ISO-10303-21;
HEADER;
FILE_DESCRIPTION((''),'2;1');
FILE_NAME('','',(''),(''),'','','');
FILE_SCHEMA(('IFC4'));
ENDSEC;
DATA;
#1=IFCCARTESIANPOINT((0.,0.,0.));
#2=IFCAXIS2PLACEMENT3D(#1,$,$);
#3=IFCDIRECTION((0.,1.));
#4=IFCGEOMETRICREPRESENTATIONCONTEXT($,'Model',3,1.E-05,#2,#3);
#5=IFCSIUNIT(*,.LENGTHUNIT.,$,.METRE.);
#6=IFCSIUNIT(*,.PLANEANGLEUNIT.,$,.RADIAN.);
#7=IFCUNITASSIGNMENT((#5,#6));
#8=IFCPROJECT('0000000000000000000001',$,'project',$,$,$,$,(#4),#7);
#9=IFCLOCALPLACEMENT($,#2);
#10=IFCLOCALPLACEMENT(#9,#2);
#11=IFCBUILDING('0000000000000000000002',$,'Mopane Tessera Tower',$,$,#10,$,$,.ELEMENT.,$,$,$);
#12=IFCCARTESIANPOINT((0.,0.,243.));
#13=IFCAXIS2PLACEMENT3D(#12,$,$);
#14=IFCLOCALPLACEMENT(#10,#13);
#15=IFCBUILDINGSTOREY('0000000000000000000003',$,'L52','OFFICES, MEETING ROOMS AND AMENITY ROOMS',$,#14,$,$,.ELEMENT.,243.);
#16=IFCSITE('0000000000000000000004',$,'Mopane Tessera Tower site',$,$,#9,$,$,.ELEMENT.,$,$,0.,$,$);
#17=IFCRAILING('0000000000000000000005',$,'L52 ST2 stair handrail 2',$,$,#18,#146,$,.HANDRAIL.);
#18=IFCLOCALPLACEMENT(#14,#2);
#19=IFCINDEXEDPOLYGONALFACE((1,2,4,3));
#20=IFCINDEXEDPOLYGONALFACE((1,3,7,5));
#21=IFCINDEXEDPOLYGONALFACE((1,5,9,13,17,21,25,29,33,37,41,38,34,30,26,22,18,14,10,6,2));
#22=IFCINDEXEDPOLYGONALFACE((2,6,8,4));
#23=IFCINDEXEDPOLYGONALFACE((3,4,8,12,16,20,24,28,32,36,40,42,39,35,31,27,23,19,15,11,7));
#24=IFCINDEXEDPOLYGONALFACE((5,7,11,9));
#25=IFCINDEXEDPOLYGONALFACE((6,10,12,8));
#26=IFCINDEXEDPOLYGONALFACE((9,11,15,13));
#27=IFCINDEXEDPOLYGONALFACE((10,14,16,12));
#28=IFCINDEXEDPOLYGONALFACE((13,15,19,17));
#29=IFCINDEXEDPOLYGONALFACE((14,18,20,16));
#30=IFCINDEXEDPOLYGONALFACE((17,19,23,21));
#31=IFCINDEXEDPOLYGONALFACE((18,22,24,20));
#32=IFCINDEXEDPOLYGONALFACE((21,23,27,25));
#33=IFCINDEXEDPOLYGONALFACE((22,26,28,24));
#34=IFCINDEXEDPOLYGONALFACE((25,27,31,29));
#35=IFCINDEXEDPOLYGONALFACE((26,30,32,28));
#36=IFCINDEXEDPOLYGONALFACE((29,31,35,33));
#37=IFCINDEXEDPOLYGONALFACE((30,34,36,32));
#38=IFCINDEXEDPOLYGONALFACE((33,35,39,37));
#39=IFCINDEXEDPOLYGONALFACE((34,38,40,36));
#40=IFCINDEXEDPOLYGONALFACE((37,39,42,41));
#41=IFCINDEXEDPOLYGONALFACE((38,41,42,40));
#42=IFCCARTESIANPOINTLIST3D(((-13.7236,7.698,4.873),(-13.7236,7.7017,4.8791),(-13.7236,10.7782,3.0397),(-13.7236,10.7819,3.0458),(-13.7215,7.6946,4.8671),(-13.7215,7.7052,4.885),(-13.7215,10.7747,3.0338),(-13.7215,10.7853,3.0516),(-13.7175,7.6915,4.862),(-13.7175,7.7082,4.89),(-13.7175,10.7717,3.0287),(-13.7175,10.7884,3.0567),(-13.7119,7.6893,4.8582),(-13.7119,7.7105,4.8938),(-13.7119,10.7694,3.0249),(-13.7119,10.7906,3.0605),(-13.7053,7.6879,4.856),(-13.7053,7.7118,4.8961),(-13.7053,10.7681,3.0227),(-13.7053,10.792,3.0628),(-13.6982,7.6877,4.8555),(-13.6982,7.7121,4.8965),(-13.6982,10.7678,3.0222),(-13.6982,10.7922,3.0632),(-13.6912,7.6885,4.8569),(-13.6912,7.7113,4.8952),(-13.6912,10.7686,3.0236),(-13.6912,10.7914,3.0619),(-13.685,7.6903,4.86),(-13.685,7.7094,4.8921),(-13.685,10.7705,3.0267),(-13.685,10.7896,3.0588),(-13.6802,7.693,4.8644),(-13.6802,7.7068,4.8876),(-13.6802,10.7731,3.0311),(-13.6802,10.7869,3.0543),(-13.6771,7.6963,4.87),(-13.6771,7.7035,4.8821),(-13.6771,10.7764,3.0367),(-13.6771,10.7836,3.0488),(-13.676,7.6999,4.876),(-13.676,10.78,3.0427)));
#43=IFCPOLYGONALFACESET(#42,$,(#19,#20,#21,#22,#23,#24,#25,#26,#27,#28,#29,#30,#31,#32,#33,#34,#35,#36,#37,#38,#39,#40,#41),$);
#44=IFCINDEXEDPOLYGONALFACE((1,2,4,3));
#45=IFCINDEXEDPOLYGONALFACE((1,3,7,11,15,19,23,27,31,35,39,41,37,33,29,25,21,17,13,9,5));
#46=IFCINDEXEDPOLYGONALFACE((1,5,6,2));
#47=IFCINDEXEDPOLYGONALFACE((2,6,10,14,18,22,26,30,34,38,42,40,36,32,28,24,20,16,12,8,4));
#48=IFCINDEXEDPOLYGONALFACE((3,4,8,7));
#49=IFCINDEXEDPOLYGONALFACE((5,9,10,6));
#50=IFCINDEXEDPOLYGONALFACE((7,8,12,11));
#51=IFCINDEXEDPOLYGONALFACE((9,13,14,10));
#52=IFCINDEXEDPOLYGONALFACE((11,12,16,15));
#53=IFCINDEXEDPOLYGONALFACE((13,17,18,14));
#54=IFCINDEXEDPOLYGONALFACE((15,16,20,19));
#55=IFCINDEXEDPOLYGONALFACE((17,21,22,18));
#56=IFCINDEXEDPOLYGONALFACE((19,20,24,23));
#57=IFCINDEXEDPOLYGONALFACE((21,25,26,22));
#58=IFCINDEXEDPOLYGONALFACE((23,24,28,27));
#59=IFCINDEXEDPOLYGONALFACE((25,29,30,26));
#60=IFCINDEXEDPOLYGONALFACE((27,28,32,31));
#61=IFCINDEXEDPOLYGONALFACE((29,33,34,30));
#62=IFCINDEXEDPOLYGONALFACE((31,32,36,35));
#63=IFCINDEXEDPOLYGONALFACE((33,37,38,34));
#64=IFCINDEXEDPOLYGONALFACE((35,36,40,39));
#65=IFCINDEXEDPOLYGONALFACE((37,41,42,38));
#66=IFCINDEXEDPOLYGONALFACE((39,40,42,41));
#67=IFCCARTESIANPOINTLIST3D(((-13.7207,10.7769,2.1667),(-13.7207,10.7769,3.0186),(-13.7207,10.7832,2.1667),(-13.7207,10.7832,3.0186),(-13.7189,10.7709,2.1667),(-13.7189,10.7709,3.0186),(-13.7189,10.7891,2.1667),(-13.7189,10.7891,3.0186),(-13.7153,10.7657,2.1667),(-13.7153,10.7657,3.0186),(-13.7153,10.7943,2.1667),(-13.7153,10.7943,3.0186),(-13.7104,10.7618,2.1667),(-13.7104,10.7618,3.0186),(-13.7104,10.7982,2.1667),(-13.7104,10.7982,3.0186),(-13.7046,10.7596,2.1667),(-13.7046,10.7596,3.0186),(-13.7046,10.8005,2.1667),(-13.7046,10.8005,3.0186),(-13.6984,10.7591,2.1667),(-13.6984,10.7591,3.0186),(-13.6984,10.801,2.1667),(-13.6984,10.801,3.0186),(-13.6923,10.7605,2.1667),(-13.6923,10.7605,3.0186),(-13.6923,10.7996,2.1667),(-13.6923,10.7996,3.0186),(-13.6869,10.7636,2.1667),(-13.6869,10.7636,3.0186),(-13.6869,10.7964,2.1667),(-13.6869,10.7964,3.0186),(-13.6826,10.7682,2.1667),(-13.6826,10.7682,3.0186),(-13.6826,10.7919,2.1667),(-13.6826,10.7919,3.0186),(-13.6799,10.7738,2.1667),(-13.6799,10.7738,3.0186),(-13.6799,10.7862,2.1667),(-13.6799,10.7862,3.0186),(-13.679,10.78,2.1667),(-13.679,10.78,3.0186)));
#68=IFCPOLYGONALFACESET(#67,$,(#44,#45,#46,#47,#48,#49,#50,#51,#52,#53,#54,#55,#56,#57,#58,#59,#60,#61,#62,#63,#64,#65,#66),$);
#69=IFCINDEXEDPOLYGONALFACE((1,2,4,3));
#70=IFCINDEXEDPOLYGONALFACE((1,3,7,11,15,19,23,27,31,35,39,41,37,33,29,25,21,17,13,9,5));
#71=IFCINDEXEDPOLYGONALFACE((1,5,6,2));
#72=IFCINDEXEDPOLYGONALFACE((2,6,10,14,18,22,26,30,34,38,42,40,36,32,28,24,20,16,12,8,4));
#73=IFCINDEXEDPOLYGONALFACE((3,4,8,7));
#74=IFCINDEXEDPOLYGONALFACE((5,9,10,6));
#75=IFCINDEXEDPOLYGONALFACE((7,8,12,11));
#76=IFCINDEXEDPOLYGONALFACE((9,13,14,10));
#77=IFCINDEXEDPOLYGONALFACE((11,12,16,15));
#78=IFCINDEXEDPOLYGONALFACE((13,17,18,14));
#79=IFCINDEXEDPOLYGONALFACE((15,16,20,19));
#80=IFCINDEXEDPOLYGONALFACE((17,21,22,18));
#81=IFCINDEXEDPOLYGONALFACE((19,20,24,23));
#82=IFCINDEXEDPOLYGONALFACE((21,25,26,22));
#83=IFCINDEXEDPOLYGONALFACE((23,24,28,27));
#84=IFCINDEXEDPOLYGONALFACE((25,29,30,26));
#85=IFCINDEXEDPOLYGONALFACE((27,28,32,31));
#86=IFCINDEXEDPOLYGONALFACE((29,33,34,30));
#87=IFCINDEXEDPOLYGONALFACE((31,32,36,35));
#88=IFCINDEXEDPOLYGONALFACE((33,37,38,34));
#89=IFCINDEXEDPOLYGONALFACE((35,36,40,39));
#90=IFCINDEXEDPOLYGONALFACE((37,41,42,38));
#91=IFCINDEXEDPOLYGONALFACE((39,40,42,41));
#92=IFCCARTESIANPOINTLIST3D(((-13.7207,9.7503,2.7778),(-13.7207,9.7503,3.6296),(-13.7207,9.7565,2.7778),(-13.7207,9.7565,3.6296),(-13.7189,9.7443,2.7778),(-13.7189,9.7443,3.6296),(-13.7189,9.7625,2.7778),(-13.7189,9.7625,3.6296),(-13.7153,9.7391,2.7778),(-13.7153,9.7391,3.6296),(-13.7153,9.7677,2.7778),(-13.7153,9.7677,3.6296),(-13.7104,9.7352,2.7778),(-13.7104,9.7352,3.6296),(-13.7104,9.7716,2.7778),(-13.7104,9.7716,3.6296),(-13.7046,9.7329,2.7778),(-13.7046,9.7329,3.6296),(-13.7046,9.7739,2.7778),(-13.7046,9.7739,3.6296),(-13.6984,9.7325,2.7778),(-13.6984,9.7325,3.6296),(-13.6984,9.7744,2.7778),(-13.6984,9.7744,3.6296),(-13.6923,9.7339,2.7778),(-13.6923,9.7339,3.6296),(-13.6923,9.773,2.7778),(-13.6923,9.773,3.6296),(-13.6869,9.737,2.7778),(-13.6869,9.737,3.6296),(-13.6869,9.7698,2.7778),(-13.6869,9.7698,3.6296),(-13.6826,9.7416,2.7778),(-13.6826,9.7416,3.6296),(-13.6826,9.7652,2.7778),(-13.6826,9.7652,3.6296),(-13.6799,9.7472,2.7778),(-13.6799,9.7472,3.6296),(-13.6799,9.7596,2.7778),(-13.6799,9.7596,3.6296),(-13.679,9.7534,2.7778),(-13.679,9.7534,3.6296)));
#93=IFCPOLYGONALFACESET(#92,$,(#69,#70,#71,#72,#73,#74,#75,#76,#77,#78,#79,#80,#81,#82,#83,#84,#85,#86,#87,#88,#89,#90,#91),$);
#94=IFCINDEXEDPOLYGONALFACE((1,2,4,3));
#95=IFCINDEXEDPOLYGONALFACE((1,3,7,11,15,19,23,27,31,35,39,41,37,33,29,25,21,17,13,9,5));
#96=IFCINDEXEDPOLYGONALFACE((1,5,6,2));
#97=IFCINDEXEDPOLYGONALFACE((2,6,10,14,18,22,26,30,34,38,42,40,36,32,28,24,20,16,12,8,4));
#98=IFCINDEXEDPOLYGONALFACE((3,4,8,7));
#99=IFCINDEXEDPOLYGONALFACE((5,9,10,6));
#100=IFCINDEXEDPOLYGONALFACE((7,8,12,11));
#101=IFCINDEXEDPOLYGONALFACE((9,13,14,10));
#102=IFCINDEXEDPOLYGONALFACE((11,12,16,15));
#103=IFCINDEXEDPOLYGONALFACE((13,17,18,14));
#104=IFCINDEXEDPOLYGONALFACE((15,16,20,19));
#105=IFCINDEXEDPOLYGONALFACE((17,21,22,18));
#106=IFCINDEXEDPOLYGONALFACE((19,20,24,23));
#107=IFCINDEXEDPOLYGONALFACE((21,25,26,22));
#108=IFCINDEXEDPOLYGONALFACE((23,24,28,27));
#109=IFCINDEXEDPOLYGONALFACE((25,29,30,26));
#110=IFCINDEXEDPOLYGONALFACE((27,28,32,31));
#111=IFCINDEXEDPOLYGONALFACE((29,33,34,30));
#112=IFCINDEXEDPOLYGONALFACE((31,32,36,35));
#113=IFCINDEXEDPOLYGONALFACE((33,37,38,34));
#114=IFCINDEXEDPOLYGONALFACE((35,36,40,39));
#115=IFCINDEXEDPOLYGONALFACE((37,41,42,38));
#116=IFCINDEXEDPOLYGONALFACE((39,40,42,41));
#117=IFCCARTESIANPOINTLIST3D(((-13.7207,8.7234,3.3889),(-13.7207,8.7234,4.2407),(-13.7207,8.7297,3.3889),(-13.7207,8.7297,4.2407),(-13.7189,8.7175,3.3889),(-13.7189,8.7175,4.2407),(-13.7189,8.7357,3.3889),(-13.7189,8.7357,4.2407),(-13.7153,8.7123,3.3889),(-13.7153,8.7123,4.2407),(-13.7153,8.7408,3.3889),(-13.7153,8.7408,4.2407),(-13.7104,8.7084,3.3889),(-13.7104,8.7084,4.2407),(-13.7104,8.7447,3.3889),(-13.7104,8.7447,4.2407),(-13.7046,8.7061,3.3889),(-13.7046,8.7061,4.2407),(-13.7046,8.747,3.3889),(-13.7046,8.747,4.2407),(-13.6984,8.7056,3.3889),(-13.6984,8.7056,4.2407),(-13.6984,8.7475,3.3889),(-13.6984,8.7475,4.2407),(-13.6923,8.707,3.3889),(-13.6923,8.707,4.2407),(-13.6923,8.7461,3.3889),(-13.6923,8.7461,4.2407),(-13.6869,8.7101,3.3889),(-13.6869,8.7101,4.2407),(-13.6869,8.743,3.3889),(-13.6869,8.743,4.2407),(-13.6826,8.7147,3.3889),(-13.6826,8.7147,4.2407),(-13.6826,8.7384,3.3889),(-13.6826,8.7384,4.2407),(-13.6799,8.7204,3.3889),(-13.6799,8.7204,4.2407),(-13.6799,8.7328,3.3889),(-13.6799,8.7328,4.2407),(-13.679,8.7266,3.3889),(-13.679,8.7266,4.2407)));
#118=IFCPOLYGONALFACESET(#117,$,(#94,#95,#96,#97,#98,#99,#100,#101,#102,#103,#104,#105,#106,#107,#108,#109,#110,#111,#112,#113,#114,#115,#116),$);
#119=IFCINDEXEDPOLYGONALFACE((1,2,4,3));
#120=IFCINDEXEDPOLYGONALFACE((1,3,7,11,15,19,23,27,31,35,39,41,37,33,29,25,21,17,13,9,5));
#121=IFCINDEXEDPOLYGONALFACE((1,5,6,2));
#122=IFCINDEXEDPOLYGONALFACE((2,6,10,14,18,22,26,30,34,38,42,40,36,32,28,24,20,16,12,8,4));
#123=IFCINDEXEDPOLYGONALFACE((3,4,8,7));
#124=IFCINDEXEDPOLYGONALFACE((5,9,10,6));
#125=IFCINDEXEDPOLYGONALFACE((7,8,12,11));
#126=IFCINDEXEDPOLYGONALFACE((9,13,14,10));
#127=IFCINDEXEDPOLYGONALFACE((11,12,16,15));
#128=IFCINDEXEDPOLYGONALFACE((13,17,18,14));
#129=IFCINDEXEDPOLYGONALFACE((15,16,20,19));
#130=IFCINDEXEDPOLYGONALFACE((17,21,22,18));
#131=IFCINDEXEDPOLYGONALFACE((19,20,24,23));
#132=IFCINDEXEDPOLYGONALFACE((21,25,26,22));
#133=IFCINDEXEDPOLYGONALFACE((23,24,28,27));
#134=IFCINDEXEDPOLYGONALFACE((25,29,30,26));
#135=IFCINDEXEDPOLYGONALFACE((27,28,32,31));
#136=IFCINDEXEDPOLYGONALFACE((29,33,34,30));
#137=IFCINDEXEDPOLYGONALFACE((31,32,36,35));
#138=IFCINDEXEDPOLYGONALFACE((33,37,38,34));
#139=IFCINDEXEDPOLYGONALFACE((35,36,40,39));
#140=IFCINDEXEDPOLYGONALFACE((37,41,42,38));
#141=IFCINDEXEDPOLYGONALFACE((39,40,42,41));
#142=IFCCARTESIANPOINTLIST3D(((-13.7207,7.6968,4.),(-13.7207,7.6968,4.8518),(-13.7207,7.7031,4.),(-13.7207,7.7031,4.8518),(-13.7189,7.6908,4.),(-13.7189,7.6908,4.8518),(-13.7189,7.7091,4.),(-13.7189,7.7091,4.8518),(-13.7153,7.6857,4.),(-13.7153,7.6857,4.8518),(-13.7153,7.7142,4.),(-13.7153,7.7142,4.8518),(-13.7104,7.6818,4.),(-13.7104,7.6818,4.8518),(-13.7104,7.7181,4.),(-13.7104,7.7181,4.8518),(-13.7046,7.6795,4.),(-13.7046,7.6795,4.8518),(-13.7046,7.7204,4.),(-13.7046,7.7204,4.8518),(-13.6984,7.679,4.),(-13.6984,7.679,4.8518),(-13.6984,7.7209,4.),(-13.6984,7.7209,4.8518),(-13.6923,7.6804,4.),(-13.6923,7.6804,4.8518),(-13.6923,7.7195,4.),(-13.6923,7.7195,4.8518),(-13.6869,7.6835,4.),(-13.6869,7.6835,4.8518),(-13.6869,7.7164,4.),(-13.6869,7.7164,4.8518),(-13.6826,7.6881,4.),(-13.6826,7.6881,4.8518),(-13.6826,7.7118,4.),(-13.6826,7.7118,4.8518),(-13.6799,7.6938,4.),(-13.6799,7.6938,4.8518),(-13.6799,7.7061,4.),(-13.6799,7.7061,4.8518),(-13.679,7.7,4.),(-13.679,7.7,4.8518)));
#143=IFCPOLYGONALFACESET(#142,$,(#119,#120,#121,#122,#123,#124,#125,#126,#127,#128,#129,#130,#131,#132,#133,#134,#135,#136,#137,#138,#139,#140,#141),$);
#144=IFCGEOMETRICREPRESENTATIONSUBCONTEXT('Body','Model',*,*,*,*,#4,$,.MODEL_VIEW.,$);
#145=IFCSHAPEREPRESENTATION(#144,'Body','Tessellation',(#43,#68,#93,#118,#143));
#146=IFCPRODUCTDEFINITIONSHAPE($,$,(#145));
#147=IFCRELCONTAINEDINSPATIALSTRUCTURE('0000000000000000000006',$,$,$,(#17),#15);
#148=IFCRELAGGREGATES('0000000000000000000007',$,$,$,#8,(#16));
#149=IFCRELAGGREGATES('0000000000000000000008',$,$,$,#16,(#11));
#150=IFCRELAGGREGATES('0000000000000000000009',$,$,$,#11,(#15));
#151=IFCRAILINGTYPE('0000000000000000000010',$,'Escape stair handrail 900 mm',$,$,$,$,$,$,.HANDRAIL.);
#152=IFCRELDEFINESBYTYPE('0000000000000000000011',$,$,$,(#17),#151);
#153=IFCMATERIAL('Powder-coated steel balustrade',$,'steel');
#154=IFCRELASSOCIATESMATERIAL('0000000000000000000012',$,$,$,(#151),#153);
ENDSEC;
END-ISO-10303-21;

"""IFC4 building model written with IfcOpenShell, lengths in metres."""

from ifc_helpers import new_model, si_unit, direction, frame, origin, origin_2d, place, context, subcontext, project, spatial, circle, extrude, material, type_object, element, save


model = new_model("IFC4")

# Units and contexts
model_context = context("Model", 3, precision=1e-05, world=origin(), true_north=direction((0.0, 1.0)))
body_context = subcontext(model_context, "Body", "Model", "MODEL_VIEW")
ifc_project = project(units=[si_unit("LENGTHUNIT", "METRE"), si_unit("PLANEANGLEUNIT", "RADIAN")], contexts=[model_context])

# Site, building, storey
site_placement = place(None, origin())
site = spatial("IfcSite", under=ifc_project, at=site_placement, Name="Mopane Tessera Tower site", CompositionType="ELEMENT", RefElevation=0.0)
building_placement = place(site_placement, origin())
building = spatial("IfcBuilding", under=site, at=building_placement, Name="Mopane Tessera Tower", CompositionType="ELEMENT")
storey_placement = place(building_placement, frame((0.0, 0.0, 243.0)))
storey = spatial("IfcBuildingStorey", under=building, at=storey_placement, Name="L52", Description="OFFICES, MEETING ROOMS AND AMENITY ROOMS", CompositionType="ELEMENT", Elevation=243.0)

# Railing
ifc_material_1 = material(Name="Powder-coated steel balustrade", Category="steel")
railing_type_1 = type_object("IfcRailingType", Name="Escape stair handrail 900 mm", PredefinedType="HANDRAIL", material=ifc_material_1)
railing_1_placement = place(storey_placement, frame((-13.7, 10.78, 2.1667)))
element("IfcRailing", 1, at=railing_1_placement, inside=storey, type_object=railing_type_1, Name="L52 ST2 stair handrail 2", PredefinedType="HANDRAIL", context=body_context, shape_type="SweptSolid", body=[
    extrude(circle(Radius=0.0239, at=origin_2d()), frame((0.0, 0.0, 0.876), z_axis=(0.0, -0.859309, 0.511458), x_axis=(1.0, 0.0, 0.0)), (0.0, 0.0, 1.0), 3.5845),
    extrude(circle(Radius=0.021, at=origin_2d()), origin(), (0.0, 0.0, 1.0), 0.8518),
    extrude(circle(Radius=0.021, at=origin_2d()), frame((0.0, -1.0266, 0.6111)), (0.0, 0.0, 1.0), 0.8518),
    extrude(circle(Radius=0.021, at=origin_2d()), frame((0.0, -2.0535, 1.2222)), (0.0, 0.0, 1.0), 0.8518),
    extrude(circle(Radius=0.021, at=origin_2d()), frame((0.0, -3.0801, 1.8333)), (0.0, 0.0, 1.0), 0.8518),
])

save(model, "model.ifc")
